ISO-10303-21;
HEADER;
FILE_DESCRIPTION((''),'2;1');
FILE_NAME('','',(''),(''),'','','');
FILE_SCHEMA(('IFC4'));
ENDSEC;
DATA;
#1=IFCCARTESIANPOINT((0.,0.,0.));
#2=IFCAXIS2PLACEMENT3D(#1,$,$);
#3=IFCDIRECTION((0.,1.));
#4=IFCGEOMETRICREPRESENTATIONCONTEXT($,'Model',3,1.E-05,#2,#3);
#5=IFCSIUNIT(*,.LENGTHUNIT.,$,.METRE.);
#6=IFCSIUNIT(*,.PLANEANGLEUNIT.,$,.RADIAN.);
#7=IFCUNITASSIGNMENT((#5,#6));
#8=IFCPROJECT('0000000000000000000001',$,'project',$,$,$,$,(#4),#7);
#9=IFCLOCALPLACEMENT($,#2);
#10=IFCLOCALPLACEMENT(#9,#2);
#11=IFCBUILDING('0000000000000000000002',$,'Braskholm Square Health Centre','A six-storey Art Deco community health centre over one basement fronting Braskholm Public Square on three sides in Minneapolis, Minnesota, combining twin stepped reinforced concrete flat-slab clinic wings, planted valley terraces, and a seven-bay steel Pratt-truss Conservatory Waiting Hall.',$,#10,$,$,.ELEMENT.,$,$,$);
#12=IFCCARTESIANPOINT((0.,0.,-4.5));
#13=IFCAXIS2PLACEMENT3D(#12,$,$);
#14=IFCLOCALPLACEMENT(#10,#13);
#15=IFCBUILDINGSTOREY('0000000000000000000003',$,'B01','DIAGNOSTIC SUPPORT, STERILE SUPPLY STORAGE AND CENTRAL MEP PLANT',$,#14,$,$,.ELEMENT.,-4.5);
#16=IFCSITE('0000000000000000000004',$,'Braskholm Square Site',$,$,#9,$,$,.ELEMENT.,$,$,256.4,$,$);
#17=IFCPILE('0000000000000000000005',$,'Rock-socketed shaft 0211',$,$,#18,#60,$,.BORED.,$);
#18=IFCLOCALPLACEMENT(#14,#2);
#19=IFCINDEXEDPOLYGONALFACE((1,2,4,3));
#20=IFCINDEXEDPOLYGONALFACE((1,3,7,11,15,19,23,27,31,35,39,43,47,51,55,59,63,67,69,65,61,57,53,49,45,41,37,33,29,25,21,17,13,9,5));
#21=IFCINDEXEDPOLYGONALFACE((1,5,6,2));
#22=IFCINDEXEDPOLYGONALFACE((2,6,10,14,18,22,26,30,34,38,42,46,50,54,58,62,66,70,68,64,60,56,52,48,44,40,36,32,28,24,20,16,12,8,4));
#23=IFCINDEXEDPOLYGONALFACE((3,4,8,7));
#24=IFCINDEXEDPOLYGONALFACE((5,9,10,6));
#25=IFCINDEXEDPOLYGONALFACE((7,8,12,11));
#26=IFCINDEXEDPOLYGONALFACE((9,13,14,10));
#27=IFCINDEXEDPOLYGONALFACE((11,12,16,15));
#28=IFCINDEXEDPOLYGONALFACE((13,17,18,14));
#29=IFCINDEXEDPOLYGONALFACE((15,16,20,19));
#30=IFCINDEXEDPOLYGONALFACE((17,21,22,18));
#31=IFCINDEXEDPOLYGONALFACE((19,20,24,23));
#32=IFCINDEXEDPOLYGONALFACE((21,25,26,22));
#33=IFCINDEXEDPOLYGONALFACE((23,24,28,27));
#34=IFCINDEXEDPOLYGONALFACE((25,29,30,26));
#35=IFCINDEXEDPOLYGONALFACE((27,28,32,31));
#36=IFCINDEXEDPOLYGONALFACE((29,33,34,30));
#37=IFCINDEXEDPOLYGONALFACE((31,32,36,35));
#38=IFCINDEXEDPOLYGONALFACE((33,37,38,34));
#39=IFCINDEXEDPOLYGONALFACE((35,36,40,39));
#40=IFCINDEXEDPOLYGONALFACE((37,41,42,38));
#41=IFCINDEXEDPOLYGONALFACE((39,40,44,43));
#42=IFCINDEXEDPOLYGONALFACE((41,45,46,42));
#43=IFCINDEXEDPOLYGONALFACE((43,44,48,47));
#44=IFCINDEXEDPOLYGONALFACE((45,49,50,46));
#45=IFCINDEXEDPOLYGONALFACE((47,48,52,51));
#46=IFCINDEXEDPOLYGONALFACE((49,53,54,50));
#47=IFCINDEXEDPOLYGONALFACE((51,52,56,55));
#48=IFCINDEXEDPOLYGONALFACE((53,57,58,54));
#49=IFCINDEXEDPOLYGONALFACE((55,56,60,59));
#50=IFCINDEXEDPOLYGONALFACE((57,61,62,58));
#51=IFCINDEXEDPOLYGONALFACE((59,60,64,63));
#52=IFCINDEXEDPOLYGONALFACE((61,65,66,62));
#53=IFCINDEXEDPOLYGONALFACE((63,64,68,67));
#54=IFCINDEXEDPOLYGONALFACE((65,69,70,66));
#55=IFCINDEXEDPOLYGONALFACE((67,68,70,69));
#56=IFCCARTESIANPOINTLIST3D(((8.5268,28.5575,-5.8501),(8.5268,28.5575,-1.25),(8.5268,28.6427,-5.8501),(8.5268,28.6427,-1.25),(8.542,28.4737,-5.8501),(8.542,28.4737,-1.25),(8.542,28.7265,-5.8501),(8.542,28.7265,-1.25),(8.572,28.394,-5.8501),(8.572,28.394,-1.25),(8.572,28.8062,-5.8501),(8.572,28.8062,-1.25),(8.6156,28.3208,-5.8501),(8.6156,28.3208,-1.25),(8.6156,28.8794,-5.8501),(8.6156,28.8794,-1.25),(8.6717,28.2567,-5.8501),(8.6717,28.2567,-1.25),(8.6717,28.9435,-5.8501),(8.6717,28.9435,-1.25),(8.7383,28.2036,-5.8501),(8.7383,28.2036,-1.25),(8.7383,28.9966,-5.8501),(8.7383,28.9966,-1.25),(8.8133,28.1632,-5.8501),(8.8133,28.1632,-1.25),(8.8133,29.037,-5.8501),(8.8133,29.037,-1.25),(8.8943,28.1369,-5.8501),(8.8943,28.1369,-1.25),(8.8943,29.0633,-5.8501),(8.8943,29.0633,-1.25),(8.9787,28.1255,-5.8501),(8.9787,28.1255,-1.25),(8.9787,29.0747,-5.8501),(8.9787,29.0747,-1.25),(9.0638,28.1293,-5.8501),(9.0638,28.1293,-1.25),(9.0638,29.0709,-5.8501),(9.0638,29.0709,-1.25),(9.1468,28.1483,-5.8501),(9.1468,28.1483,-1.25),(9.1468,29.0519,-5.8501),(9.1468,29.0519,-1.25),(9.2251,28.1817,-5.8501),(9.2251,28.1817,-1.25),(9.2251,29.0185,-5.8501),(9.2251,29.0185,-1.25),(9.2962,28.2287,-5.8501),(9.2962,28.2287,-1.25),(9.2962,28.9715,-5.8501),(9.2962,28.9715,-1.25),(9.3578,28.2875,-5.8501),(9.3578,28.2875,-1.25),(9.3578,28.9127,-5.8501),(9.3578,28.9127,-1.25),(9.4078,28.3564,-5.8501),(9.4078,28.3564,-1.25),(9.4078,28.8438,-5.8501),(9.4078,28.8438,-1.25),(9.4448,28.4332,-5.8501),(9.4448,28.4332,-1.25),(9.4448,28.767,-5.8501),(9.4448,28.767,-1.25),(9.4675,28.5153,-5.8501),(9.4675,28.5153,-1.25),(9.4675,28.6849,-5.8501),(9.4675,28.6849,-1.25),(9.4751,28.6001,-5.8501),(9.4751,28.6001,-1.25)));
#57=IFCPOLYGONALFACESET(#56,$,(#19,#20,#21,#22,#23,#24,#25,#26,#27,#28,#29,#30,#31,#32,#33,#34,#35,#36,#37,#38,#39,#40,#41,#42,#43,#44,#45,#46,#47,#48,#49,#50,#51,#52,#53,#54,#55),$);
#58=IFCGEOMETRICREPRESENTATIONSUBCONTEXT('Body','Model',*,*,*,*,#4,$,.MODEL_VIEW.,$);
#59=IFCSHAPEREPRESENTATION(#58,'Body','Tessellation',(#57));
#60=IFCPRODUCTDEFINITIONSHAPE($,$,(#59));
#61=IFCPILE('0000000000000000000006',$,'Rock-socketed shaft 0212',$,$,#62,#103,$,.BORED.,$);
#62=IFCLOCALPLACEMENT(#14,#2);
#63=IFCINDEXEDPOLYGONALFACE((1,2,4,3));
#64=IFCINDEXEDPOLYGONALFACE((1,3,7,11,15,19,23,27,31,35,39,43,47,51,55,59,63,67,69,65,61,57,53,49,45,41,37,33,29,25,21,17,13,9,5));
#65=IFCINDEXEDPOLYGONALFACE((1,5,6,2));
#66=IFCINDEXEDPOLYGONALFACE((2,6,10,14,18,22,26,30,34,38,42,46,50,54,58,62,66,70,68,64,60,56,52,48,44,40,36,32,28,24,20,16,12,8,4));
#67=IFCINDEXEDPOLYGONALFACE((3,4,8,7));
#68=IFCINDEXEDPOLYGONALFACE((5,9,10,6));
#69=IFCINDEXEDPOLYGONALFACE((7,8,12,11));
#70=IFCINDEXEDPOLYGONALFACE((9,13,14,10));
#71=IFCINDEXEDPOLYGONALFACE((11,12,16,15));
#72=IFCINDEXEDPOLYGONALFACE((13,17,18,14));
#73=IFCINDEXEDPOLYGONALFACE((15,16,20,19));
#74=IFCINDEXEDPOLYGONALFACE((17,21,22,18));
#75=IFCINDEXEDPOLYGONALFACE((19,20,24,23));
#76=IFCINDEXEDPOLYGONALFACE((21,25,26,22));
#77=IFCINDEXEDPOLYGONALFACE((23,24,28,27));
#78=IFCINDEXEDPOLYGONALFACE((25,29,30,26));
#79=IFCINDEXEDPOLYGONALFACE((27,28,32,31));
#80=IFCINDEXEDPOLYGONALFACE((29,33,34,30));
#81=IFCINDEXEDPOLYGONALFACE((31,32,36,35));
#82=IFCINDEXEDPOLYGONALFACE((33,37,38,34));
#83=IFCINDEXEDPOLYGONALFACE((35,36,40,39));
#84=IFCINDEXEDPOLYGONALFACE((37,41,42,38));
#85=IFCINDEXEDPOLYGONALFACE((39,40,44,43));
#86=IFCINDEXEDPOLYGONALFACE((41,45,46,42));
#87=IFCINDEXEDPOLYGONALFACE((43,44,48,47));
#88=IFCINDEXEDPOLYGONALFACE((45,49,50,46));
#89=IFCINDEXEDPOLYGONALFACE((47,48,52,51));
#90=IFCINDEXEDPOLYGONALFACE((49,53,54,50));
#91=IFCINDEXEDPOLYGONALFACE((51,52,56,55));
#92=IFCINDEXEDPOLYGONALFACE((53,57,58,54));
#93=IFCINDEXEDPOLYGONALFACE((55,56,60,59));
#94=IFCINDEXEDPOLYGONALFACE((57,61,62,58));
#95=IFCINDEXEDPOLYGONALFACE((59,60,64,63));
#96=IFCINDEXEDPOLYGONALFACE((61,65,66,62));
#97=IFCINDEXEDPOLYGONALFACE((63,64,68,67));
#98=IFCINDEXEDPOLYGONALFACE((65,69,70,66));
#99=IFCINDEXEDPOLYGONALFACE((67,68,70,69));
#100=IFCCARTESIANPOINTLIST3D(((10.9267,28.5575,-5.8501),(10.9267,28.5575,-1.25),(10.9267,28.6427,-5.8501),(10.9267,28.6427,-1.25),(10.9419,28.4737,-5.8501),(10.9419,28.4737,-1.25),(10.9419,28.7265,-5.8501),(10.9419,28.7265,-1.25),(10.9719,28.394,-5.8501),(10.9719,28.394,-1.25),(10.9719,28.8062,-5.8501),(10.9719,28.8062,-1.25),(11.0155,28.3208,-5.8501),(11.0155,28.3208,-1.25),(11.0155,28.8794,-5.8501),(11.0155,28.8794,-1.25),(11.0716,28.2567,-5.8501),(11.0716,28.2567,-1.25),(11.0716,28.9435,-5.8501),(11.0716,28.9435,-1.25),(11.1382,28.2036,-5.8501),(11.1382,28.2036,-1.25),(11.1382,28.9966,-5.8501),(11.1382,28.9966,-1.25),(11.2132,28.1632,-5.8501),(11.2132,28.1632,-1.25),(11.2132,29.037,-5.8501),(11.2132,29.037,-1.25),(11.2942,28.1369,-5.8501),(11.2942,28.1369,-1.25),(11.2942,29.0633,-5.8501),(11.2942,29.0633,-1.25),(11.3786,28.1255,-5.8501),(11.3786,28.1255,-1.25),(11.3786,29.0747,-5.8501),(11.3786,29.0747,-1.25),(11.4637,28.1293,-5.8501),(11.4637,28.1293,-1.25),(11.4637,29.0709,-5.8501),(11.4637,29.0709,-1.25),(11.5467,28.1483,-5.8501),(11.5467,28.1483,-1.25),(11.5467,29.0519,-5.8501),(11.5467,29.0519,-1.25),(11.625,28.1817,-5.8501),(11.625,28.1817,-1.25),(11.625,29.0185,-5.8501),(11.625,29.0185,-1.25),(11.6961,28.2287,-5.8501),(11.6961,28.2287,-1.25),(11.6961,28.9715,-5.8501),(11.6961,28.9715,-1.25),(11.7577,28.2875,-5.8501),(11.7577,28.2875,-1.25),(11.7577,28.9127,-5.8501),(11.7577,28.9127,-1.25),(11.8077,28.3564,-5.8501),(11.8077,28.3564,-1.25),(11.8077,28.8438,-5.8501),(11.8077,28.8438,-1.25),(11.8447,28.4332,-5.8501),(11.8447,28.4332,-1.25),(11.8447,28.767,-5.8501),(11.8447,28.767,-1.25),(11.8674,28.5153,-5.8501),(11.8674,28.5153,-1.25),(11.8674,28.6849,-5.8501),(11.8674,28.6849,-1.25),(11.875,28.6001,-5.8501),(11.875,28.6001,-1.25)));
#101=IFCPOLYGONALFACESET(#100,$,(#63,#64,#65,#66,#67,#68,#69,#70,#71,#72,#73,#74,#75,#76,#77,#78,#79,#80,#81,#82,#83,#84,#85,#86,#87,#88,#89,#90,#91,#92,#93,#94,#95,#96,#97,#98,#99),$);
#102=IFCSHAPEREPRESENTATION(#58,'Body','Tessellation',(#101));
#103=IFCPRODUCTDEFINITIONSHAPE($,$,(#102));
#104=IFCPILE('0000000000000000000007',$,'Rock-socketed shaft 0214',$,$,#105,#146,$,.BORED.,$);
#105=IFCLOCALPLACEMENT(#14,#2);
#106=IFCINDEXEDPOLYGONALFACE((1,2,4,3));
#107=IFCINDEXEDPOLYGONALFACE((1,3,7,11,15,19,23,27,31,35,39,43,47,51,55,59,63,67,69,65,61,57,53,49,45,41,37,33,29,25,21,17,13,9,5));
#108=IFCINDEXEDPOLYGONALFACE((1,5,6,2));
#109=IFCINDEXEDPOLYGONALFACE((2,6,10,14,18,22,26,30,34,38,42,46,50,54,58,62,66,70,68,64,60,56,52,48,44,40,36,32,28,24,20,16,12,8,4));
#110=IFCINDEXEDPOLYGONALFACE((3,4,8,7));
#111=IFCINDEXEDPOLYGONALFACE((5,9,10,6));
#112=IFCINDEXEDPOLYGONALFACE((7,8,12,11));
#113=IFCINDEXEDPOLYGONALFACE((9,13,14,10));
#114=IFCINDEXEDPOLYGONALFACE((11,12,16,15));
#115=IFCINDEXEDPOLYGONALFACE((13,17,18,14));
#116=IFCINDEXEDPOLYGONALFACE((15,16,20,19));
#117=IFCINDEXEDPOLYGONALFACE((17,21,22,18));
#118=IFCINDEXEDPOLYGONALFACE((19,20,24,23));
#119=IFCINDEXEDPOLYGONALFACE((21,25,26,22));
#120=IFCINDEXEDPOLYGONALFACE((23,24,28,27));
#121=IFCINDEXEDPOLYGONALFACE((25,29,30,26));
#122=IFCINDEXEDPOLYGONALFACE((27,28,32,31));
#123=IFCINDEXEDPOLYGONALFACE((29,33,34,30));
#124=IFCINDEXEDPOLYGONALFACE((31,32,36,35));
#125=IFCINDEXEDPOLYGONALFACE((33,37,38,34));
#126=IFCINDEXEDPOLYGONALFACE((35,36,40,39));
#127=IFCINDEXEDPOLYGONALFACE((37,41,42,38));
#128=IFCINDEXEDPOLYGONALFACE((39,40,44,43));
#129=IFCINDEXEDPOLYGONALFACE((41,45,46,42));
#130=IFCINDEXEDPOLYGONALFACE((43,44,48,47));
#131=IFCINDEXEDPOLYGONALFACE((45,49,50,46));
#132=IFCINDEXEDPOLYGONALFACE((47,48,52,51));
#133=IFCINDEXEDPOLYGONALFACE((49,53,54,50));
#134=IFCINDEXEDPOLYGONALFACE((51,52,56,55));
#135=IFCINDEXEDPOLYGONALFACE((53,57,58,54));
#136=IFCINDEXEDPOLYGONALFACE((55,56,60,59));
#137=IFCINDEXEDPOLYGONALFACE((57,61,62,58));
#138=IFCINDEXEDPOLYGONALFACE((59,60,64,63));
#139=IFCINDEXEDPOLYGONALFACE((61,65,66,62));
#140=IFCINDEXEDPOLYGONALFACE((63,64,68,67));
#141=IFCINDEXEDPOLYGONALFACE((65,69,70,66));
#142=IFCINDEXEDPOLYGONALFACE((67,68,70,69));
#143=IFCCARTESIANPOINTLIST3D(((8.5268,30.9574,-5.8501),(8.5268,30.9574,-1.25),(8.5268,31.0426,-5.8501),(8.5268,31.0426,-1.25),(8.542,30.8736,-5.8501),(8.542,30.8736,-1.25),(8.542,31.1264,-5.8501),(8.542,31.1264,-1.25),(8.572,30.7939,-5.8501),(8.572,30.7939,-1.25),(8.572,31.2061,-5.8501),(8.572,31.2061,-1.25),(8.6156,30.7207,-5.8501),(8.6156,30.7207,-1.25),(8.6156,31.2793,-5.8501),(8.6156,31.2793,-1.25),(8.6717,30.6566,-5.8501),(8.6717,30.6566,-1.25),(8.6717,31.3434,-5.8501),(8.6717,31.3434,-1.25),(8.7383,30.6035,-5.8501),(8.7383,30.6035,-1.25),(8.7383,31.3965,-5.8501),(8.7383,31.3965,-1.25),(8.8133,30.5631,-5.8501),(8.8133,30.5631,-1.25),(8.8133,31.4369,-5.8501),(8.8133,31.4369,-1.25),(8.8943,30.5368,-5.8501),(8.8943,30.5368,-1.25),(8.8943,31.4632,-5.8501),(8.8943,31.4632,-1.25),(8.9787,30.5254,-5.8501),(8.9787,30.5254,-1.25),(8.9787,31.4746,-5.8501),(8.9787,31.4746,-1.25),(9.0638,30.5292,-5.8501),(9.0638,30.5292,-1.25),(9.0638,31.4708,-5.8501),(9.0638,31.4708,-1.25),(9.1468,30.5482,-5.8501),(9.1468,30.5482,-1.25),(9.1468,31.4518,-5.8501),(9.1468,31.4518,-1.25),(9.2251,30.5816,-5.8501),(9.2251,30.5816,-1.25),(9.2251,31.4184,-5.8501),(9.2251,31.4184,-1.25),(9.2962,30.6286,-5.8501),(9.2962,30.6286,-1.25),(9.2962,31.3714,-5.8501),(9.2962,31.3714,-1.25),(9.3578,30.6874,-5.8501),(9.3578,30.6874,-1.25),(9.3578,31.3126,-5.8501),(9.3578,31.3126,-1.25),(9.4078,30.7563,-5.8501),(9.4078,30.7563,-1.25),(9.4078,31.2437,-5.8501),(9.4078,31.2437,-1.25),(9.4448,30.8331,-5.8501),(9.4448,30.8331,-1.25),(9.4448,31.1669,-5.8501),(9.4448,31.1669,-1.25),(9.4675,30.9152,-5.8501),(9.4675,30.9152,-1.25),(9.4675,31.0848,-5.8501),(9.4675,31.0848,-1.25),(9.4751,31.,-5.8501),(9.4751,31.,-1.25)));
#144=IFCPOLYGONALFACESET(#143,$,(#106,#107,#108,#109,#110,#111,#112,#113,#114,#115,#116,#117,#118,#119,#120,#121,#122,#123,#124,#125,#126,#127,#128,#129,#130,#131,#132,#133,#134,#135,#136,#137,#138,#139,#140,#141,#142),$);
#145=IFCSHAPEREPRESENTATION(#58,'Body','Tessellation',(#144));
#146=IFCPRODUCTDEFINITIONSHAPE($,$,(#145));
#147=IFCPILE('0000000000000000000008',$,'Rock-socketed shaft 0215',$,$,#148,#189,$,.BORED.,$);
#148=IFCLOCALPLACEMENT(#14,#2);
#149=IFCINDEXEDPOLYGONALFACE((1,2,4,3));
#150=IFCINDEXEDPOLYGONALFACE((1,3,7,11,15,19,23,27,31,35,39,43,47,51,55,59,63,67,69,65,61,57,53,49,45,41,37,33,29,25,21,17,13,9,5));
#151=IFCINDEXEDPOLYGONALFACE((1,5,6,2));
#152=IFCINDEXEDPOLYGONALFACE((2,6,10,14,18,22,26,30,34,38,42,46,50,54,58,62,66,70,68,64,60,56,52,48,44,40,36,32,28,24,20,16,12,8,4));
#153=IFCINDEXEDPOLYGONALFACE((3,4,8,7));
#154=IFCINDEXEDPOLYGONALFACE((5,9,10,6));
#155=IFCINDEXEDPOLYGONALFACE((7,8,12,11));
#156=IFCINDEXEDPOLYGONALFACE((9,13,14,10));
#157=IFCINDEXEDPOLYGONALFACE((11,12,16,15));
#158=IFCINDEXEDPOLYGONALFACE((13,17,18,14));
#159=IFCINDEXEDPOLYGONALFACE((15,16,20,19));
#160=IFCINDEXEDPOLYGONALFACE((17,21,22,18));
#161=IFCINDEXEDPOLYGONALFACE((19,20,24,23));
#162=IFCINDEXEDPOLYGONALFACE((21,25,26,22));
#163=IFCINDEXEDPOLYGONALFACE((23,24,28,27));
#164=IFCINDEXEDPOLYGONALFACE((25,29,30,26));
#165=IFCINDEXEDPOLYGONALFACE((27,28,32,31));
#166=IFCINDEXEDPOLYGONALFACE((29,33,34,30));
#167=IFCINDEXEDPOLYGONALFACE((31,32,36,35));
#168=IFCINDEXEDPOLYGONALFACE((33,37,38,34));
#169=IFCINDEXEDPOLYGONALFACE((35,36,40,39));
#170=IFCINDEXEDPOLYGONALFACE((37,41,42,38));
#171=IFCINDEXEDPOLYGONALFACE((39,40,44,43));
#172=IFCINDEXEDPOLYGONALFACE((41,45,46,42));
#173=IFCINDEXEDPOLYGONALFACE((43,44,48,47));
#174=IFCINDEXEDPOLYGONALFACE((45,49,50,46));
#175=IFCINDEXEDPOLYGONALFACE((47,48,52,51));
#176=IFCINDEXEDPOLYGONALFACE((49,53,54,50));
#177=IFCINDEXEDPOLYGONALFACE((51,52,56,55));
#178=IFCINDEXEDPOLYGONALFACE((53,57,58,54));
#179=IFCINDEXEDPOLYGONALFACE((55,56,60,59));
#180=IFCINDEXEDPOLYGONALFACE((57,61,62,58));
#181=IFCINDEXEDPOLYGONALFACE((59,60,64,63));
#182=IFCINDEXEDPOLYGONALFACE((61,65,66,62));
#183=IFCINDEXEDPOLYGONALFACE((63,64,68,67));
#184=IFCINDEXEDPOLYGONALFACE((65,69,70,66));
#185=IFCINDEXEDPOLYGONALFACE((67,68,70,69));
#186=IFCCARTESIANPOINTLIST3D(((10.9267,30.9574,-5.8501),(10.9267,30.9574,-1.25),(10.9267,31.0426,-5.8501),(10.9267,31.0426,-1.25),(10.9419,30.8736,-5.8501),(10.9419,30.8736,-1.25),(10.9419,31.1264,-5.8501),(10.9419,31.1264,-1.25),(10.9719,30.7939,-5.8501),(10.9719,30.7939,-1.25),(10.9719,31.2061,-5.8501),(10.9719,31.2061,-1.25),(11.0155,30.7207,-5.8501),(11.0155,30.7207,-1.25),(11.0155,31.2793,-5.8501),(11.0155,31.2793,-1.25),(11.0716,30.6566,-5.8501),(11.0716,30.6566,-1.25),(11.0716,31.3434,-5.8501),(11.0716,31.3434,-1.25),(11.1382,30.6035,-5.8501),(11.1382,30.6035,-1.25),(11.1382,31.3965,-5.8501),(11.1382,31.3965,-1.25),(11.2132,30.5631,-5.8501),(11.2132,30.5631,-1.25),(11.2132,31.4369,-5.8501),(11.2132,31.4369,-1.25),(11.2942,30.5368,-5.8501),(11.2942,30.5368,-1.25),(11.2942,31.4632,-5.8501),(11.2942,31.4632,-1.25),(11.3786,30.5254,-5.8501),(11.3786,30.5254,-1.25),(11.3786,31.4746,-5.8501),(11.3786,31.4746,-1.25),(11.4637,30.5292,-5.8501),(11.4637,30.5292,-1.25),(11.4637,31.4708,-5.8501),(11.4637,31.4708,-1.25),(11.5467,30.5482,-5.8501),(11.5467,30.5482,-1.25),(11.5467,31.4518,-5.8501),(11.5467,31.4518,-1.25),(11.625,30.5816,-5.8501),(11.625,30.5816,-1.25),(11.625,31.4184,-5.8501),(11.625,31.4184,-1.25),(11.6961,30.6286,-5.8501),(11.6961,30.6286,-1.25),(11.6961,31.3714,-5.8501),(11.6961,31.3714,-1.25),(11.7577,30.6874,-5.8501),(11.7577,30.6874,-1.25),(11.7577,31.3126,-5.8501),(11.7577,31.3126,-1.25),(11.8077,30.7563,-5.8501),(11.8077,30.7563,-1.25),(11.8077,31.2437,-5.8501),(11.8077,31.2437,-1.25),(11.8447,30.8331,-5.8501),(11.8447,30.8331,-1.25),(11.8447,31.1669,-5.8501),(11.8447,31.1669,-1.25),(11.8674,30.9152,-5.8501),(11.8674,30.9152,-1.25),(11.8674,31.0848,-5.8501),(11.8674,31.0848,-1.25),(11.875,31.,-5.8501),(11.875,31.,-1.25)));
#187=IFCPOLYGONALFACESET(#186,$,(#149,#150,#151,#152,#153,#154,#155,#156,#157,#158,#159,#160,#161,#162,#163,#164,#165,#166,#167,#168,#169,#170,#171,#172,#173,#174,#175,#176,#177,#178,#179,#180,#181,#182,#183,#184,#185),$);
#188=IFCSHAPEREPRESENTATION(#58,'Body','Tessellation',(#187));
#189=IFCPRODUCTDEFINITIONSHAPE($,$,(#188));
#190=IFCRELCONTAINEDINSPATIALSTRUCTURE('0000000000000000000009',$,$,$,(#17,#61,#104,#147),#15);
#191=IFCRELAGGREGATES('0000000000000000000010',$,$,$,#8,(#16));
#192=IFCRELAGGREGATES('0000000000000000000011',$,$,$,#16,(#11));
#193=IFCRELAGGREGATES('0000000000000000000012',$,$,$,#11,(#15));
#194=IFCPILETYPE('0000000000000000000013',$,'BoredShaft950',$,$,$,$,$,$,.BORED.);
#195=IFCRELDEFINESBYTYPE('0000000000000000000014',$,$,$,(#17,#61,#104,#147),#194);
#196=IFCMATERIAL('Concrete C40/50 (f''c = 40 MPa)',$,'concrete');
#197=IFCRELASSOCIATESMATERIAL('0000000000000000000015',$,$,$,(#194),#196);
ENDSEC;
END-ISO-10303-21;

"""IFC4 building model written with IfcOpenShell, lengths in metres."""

from ifc_helpers import new_model, si_unit, direction, frame, origin, origin_2d, place, context, subcontext, project, spatial, circle, extrude, material, material_profile, profile_set, type_object, element, save


model = new_model("IFC4")

# Units and contexts
model_context = context("Model", 3, precision=1e-05, world=origin(), true_north=direction((0.0, 1.0)))
body_context = subcontext(model_context, "Body", "Model", "MODEL_VIEW")
ifc_project = project(units=[si_unit("LENGTHUNIT", "METRE"), si_unit("PLANEANGLEUNIT", "RADIAN")], contexts=[model_context])

# Site, building, storey
site_placement = place(None, origin())
site = spatial("IfcSite", under=ifc_project, at=site_placement, Name="Braskholm Square Site", CompositionType="ELEMENT", RefElevation=256.4)
building_placement = place(site_placement, origin())
building = spatial("IfcBuilding", under=site, at=building_placement, Name="Braskholm Square Health Centre", Description="A six-storey Art Deco community health centre over one basement fronting Braskholm Public Square on three sides in Minneapolis, Minnesota, combining twin stepped reinforced concrete flat-slab clinic wings, planted valley terraces, and a seven-bay steel Pratt-truss Conservatory Waiting Hall.", CompositionType="ELEMENT")
storey_placement = place(building_placement, frame((0.0, 0.0, -4.5)))
storey = spatial("IfcBuildingStorey", under=building, at=storey_placement, Name="B01", Description="DIAGNOSTIC SUPPORT, STERILE SUPPLY STORAGE AND CENTRAL MEP PLANT", CompositionType="ELEMENT", Elevation=-4.5)

# Piles
ifc_material_1 = material(Name="Concrete C40/50 (f'c = 40 MPa)", Category="concrete")
ifc_material_profile_1 = material_profile(ifc_material_1, circle(Radius=0.4751, at=origin_2d()), Name="BORED-PILE-950")
ifc_profile_set_1 = profile_set([ifc_material_profile_1], Name="Concrete C40/50 (f'c = 40 MPa)")
pile_type_1 = type_object("IfcPileType", Name="BoredShaft950", PredefinedType="BORED", material=ifc_profile_set_1)
for number, where, z_axis, x_axis, name in (
    (1, (9.0, 28.6001, -1.25), (0.0, 0.0, -1.0), (1.0, 0.0, 0.0), "Rock-socketed shaft 0211"),
    (2, (11.3999, 28.6001, -1.25), (0.0, 0.0, -1.0), (1.0, 0.0, 0.0), "Rock-socketed shaft 0212"),
    (3, (9.0, 31.0, -1.25), (0.0, 0.0, -1.0), (1.0, 0.0, 0.0), "Rock-socketed shaft 0214"),
    (4, (11.3999, 31.0, -1.25), (0.0, 0.0, -1.0), (1.0, 0.0, 0.0), "Rock-socketed shaft 0215"),
):
    element("IfcPile", number, at=place(storey_placement, frame(where, z_axis=z_axis, x_axis=x_axis)), inside=storey, type_object=pile_type_1, Name=name, PredefinedType="BORED", context=body_context, shape_type="SweptSolid", body=[
        extrude(circle(Radius=0.4751, at=origin_2d()), origin(), (0.0, 0.0, 1.0), 4.6001),
    ])

save(model, "model.ifc")
